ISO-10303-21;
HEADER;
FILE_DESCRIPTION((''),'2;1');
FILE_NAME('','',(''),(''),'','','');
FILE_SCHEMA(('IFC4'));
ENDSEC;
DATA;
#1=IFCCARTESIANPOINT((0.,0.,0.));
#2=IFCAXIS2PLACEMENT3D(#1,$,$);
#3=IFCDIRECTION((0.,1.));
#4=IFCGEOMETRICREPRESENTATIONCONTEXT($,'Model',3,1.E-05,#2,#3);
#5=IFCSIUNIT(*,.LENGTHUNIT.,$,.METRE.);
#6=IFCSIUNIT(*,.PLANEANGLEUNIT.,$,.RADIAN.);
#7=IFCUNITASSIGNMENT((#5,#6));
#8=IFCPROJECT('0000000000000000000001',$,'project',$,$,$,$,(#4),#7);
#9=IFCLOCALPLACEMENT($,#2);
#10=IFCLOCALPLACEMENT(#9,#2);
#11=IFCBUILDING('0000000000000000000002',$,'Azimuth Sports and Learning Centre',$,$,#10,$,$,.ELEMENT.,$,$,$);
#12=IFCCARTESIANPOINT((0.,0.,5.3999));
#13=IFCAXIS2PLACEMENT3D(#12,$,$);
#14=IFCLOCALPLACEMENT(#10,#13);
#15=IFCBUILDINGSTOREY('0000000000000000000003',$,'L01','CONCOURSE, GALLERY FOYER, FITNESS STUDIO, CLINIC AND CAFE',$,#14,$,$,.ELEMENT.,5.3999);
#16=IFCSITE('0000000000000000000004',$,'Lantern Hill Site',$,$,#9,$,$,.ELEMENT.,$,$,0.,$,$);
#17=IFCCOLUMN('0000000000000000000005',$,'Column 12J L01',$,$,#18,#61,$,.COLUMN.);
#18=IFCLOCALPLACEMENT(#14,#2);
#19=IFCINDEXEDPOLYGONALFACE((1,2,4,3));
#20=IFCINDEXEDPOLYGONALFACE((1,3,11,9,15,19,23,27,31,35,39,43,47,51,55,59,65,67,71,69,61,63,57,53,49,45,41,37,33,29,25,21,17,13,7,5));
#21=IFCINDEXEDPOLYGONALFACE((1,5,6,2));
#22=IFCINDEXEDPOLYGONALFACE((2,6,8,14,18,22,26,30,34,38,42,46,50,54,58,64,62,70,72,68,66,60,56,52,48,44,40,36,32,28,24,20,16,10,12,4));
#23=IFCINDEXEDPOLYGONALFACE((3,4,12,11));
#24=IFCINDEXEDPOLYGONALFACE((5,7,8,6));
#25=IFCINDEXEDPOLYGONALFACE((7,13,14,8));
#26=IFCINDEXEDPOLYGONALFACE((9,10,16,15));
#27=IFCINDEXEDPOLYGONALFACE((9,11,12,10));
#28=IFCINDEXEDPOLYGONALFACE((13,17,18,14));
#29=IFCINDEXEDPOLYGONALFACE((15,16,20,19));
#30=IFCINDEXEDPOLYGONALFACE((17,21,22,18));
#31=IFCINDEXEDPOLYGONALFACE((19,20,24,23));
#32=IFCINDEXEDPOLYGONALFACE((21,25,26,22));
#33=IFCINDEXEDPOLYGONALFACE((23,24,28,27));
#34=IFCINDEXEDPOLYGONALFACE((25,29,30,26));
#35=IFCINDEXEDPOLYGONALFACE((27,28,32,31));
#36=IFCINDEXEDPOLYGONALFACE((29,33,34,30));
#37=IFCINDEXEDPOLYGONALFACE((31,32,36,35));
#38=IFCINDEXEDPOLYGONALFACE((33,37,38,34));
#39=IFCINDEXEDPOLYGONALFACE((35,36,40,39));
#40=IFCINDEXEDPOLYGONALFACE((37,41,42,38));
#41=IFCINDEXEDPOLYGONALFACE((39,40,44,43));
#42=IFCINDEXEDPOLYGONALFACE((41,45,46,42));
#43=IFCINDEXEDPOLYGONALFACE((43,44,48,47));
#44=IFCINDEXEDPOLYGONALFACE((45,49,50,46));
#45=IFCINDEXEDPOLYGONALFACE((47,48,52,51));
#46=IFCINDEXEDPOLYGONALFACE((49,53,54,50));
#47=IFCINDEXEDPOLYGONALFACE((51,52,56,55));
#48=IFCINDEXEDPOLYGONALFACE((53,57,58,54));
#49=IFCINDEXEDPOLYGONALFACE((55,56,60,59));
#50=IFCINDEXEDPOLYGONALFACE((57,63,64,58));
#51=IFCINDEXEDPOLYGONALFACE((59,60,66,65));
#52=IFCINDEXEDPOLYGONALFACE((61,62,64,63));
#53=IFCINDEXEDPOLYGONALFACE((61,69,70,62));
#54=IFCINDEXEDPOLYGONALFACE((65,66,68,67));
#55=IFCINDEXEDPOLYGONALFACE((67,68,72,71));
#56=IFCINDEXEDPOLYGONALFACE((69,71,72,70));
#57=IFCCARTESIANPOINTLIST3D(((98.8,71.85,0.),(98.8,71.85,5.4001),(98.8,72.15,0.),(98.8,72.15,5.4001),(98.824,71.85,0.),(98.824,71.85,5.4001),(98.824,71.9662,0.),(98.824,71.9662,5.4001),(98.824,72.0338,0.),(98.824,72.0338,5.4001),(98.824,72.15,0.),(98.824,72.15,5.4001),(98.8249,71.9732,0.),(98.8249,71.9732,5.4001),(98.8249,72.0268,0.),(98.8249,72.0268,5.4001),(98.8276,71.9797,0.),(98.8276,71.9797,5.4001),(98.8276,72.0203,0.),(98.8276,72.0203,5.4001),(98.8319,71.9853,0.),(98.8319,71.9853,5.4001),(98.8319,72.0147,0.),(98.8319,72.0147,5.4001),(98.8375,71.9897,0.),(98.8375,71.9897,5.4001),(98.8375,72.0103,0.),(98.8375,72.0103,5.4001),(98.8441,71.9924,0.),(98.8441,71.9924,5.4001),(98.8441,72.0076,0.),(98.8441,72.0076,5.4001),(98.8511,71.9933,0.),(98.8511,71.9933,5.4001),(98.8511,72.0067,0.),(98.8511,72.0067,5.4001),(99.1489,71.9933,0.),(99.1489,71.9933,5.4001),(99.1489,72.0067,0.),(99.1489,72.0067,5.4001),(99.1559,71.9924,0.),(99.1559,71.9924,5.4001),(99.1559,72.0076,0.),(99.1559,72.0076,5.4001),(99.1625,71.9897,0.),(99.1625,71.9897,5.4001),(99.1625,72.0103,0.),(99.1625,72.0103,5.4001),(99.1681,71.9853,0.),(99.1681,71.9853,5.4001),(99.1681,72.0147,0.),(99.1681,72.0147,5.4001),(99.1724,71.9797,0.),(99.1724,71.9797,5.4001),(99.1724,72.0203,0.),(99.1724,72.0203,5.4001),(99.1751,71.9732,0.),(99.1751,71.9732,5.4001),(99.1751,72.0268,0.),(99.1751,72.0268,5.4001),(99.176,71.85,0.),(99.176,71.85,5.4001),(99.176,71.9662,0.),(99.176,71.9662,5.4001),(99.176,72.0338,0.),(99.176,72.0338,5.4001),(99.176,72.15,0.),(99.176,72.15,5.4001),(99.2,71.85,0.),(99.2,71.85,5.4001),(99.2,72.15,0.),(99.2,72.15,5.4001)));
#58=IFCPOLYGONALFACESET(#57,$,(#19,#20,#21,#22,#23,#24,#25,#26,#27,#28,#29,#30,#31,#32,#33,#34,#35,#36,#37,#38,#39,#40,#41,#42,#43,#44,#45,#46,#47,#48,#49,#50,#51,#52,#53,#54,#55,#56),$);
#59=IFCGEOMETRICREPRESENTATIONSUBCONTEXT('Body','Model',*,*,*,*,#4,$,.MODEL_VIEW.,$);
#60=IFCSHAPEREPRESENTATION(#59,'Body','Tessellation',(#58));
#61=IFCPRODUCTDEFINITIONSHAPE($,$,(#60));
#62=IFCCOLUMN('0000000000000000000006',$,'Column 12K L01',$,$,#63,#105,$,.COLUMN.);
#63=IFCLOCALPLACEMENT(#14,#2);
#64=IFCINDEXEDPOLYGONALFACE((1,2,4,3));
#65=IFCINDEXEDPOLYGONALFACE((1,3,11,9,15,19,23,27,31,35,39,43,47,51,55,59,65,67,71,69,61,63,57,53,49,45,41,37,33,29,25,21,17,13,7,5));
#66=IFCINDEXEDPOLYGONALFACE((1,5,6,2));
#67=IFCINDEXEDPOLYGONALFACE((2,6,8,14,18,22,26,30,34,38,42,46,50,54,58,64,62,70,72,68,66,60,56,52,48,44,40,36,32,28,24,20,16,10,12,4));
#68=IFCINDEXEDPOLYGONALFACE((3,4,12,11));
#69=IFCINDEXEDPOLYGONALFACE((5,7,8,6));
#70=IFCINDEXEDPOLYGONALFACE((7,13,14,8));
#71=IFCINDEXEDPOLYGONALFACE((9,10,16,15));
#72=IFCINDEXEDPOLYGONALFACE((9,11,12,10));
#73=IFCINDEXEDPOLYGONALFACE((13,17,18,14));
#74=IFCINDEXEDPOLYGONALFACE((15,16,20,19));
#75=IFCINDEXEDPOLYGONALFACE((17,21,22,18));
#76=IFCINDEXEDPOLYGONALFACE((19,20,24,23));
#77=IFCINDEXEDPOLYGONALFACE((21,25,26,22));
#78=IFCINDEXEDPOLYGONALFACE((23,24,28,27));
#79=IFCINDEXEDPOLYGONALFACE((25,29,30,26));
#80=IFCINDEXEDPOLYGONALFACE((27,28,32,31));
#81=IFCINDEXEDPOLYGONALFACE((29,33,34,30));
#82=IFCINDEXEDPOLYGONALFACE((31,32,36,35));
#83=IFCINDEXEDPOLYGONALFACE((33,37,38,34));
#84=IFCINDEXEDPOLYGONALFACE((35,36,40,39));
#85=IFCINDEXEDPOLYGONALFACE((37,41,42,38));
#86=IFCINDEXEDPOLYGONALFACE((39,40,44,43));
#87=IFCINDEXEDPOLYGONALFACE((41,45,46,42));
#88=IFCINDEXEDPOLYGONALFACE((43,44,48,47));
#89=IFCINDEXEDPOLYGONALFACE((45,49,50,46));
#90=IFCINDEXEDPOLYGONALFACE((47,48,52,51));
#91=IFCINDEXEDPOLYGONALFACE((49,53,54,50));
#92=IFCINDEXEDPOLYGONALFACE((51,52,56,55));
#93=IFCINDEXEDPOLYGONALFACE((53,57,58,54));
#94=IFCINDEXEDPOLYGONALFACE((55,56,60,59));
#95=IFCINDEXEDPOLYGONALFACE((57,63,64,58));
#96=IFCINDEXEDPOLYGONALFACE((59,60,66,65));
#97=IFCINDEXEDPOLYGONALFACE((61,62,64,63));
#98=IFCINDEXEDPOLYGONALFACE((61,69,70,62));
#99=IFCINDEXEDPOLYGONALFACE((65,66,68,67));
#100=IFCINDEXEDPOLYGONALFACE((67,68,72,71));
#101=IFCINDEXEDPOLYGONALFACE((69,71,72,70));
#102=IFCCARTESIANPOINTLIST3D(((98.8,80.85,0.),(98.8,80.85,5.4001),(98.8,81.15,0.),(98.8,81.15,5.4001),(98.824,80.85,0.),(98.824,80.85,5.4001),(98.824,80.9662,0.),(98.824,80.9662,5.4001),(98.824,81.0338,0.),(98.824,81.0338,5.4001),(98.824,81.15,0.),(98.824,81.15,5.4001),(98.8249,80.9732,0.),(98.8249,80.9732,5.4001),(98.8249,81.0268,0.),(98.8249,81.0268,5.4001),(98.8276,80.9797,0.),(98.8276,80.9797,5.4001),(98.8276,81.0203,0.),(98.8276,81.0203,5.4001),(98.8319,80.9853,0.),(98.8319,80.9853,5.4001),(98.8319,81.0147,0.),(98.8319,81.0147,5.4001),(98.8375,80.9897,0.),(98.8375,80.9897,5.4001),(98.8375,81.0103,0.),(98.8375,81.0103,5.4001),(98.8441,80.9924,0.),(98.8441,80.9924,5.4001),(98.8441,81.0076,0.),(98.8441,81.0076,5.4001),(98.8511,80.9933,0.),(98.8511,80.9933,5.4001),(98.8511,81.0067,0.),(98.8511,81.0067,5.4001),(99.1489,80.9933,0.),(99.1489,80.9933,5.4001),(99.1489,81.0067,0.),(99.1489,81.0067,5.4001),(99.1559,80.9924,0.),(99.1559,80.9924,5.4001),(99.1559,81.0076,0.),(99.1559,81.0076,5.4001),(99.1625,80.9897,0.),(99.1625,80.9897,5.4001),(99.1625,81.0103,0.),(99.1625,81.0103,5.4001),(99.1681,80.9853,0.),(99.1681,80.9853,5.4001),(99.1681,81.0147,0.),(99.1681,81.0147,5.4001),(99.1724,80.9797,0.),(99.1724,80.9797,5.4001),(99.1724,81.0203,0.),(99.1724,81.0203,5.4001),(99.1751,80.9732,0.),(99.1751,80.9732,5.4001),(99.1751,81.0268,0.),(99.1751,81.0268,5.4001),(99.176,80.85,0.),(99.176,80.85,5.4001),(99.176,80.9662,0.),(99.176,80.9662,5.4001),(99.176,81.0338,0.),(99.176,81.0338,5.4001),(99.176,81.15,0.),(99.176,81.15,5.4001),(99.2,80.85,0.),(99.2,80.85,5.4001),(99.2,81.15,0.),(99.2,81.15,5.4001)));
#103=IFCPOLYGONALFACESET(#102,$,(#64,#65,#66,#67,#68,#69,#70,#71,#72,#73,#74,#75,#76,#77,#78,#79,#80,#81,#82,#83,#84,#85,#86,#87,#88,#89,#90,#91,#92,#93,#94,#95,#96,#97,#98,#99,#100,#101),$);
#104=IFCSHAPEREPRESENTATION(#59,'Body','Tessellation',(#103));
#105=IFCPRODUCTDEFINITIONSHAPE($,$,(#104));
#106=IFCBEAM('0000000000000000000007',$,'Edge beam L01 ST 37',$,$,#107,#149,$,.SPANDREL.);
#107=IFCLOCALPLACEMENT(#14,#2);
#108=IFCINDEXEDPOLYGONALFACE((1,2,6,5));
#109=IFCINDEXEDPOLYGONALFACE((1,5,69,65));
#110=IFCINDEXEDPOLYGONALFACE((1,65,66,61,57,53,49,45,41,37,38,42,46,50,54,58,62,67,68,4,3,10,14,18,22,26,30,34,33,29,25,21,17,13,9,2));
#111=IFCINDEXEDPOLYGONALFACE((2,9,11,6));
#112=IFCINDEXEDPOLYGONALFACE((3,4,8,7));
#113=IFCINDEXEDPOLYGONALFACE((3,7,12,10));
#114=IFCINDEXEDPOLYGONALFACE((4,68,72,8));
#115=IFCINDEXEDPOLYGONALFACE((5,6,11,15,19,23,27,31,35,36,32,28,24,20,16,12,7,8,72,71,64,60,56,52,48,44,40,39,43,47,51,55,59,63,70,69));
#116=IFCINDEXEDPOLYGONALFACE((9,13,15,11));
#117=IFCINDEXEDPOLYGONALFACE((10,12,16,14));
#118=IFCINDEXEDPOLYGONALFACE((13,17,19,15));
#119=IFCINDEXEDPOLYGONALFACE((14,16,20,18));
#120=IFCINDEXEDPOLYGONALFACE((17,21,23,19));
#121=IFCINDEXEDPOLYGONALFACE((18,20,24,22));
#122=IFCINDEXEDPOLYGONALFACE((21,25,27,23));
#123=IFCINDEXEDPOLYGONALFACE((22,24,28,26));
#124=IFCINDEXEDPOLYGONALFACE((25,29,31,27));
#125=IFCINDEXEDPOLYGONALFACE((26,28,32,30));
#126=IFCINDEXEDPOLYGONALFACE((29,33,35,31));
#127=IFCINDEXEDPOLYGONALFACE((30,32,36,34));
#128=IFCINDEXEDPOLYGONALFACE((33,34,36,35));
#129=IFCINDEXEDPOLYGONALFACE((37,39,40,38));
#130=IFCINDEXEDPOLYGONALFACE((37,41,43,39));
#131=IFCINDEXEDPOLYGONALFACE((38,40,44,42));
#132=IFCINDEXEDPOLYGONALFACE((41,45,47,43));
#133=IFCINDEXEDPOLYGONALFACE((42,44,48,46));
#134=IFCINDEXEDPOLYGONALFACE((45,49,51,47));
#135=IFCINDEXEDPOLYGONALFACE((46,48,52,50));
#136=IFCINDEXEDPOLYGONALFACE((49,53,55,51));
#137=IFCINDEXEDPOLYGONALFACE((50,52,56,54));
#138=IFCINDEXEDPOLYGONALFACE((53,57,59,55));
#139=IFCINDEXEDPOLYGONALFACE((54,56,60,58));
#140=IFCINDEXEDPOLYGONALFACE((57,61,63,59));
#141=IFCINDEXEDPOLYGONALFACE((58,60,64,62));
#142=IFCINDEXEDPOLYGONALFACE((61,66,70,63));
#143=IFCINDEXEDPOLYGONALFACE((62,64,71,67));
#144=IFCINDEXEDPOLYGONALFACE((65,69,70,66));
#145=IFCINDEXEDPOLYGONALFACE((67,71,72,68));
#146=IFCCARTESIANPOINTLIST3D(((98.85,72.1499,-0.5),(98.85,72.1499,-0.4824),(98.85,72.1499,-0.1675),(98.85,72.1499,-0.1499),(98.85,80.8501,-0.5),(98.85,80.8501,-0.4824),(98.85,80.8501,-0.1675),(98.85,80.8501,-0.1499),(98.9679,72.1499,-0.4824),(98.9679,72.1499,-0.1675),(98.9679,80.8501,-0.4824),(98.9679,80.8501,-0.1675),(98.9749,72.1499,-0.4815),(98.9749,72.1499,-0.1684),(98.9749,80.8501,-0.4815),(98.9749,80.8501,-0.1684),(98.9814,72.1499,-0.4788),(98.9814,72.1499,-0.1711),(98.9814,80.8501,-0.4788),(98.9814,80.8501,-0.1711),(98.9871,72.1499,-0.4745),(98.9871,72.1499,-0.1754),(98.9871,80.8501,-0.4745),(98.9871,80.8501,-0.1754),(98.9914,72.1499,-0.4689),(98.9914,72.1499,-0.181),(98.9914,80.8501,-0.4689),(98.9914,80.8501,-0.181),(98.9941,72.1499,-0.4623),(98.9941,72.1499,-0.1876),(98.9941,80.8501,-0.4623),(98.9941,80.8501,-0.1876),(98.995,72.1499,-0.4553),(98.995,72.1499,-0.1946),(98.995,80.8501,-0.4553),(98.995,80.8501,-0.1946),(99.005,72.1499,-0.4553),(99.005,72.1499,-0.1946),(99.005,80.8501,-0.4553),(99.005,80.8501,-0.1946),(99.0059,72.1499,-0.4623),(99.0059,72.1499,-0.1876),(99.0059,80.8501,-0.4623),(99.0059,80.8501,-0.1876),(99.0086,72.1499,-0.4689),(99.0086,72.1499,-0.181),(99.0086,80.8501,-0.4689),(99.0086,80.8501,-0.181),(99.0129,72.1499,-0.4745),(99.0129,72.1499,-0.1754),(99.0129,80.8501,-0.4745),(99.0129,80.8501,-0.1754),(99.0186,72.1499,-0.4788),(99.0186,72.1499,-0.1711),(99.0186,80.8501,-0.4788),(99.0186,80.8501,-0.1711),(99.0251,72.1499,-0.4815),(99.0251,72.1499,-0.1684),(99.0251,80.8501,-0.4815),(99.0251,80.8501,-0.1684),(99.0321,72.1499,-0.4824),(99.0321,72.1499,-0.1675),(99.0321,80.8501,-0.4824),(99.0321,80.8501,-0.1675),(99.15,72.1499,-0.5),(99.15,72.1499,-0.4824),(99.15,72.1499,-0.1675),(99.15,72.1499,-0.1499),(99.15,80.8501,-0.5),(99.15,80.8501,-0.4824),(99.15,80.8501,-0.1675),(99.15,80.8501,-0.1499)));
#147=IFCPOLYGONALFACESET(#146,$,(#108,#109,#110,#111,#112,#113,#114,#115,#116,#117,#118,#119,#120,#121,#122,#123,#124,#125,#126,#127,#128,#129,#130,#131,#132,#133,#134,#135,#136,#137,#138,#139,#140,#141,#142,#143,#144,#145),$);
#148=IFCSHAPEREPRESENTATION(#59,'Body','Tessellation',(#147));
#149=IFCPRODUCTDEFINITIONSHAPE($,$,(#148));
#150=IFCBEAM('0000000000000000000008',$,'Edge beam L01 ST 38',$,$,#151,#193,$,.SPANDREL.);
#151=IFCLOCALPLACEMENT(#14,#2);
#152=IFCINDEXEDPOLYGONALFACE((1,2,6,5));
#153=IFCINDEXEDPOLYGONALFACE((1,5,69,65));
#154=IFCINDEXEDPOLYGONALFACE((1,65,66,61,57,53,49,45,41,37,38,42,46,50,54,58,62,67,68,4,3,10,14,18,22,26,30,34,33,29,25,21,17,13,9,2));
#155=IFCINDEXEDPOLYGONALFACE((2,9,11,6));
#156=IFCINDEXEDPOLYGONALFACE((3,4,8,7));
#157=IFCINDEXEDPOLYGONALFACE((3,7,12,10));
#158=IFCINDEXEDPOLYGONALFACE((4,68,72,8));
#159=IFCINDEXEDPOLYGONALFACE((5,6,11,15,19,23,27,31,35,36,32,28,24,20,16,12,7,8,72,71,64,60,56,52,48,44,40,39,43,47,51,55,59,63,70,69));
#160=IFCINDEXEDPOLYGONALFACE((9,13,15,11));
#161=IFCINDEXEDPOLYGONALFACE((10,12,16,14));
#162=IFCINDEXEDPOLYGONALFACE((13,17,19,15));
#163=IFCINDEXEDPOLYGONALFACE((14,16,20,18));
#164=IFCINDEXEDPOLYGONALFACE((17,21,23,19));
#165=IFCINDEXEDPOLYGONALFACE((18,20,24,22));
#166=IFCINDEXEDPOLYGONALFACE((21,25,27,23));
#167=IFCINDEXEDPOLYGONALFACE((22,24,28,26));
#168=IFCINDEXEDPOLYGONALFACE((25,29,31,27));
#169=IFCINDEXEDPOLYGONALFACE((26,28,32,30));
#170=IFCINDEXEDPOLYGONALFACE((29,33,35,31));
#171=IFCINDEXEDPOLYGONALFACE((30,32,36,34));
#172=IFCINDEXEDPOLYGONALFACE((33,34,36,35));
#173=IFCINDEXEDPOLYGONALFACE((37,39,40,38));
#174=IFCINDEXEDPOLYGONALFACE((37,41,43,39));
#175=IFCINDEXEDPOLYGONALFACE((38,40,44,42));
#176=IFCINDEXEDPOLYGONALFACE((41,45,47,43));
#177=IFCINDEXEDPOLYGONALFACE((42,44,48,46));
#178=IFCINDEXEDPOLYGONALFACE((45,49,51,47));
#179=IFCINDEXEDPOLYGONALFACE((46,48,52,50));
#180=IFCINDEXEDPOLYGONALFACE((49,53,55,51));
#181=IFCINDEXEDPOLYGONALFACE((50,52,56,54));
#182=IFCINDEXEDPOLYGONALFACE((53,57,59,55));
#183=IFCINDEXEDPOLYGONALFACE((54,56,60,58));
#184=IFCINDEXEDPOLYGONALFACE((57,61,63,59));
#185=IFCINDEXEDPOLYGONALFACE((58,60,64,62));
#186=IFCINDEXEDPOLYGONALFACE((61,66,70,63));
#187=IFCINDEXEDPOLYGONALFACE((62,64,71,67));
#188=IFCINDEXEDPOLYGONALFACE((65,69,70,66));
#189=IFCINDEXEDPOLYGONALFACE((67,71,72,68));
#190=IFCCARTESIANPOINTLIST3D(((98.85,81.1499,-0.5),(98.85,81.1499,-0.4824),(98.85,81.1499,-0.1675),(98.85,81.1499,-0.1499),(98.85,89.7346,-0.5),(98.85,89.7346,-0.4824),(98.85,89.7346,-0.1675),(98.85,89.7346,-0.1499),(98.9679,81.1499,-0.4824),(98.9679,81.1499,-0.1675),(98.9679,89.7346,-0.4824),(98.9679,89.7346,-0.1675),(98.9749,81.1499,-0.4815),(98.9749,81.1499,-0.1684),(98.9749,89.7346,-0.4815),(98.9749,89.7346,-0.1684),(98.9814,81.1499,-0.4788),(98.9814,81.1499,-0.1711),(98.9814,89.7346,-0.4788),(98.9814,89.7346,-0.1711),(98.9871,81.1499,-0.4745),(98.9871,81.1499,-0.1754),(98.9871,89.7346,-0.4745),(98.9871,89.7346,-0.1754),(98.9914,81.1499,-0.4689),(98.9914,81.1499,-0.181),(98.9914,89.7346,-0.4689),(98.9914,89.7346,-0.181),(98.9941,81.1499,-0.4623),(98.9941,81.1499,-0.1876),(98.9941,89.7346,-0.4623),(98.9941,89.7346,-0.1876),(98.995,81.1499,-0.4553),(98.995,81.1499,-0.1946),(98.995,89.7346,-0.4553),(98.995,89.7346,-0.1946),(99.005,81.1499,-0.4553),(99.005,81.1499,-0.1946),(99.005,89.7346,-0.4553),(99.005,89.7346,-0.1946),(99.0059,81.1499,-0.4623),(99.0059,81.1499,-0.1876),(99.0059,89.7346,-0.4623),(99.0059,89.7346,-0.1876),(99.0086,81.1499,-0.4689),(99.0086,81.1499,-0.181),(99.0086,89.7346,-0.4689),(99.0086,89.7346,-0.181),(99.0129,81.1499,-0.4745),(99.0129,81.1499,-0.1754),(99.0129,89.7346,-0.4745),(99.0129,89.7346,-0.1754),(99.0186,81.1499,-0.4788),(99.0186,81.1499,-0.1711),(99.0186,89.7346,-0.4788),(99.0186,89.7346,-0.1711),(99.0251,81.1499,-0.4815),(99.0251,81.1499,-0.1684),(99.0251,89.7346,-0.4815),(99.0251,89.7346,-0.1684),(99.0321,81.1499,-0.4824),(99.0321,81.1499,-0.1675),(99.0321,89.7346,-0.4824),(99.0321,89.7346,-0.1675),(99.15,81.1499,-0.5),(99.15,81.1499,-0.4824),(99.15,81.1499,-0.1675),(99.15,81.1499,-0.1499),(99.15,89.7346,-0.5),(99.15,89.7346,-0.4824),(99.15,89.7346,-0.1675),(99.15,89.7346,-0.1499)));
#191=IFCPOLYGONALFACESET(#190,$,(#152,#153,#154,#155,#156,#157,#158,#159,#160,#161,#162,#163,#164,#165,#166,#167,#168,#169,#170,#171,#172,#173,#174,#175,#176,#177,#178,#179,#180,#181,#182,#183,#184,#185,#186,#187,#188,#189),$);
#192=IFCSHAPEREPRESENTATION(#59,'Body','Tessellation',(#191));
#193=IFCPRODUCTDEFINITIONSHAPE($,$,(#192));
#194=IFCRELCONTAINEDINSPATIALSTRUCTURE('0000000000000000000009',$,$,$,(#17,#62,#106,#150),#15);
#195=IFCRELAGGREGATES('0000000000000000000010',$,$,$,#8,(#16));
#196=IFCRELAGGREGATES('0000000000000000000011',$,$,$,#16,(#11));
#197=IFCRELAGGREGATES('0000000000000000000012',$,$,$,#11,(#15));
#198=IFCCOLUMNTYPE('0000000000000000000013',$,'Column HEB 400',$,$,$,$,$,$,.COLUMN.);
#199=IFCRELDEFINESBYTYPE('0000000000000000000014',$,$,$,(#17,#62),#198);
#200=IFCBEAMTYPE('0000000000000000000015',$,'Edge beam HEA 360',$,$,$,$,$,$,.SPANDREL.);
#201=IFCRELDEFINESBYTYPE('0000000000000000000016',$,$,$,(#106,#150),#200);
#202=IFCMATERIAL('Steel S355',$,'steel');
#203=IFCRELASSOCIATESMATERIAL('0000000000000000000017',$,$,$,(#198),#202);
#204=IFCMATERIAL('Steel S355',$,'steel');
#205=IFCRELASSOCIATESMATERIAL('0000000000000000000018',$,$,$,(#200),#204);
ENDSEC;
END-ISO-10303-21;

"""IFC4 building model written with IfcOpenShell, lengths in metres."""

from ifc_helpers import new_model, si_unit, direction, frame, origin, origin_2d, place, context, subcontext, project, spatial, i_section, extrude, material, material_profile, profile_set, type_object, element, save


model = new_model("IFC4")

# Units and contexts
model_context = context("Model", 3, precision=1e-05, world=origin(), true_north=direction((0.0, 1.0)))
body_context = subcontext(model_context, "Body", "Model", "MODEL_VIEW")
ifc_project = project(units=[si_unit("LENGTHUNIT", "METRE"), si_unit("PLANEANGLEUNIT", "RADIAN")], contexts=[model_context])

# Site, building, storey
site_placement = place(None, origin())
site = spatial("IfcSite", under=ifc_project, at=site_placement, Name="Lantern Hill Site", CompositionType="ELEMENT", RefElevation=0.0)
building_placement = place(site_placement, origin())
building = spatial("IfcBuilding", under=site, at=building_placement, Name="Azimuth Sports and Learning Centre", CompositionType="ELEMENT")
storey_placement = place(building_placement, frame((0.0, 0.0, 5.3999)))
storey = spatial("IfcBuildingStorey", under=building, at=storey_placement, Name="L01", Description="CONCOURSE, GALLERY FOYER, FITNESS STUDIO, CLINIC AND CAFE", CompositionType="ELEMENT", Elevation=5.3999)

# Columns
ifc_material_1 = material(Name="Steel S355", Category="steel")
ifc_material_profile_1 = material_profile(ifc_material_1, i_section(OverallWidth=0.3, OverallDepth=0.3999, WebThickness=0.0134, FlangeThickness=0.0239, FilletRadius=0.0271, at=origin_2d()), Name="HEB 400")
ifc_profile_set_1 = profile_set([ifc_material_profile_1], Name="Steel S355")
column_type = type_object("IfcColumnType", Name="Column HEB 400", PredefinedType="COLUMN", material=ifc_profile_set_1)
for number, where, z_axis, x_axis, name in (
    (1, (99.0, 72.0, 0.0), (0.0, 0.0, 1.0), (0.0, 1.0, 0.0), "Column 12J L01"),
    (2, (99.0, 81.0, 0.0), (0.0, 0.0, 1.0), (0.0, 1.0, 0.0), "Column 12K L01"),
):
    element("IfcColumn", number, at=place(storey_placement, frame(where, z_axis=z_axis, x_axis=x_axis)), inside=storey, type_object=column_type, Name=name, PredefinedType="COLUMN", context=body_context, shape_type="SweptSolid", body=[
        extrude(i_section(OverallWidth=0.3, OverallDepth=0.3999, WebThickness=0.0134, FlangeThickness=0.0239, FilletRadius=0.0271, at=origin_2d()), origin(), (0.0, 0.0, 1.0), 5.4001),
    ])

# Beams
ifc_material_2 = material(Name="Steel S355", Category="steel")
ifc_material_profile_2 = material_profile(ifc_material_2, i_section(OverallWidth=0.3, OverallDepth=0.3501, WebThickness=0.01, FlangeThickness=0.0176, FilletRadius=0.0271, at=origin_2d()), Name="HEA 360")
ifc_profile_set_2 = profile_set([ifc_material_profile_2], Name="Steel S355")
beam_type_1 = type_object("IfcBeamType", Name="Edge beam HEA 360", PredefinedType="SPANDREL", material=ifc_profile_set_2)
beam_1_placement = place(storey_placement, frame((99.0, 72.1499, -0.325), z_axis=(0.0, 1.0, 0.0), x_axis=(-1.0, 0.0, 0.0)))
element("IfcBeam", 3, at=beam_1_placement, inside=storey, type_object=beam_type_1, Name="Edge beam L01 ST 37", PredefinedType="SPANDREL", context=body_context, shape_type="SweptSolid", body=[
    extrude(i_section(OverallWidth=0.3, OverallDepth=0.3501, WebThickness=0.01, FlangeThickness=0.0176, FilletRadius=0.0271, at=origin_2d()), origin(), (0.0, 0.0, 1.0), 8.7002),
])
beam_2_placement = place(storey_placement, frame((99.0, 81.1499, -0.325), z_axis=(0.0, 1.0, 0.0), x_axis=(-1.0, 0.0, 0.0)))
element("IfcBeam", 4, at=beam_2_placement, inside=storey, type_object=beam_type_1, Name="Edge beam L01 ST 38", PredefinedType="SPANDREL", context=body_context, shape_type="SweptSolid", body=[
    extrude(i_section(OverallWidth=0.3, OverallDepth=0.3501, WebThickness=0.01, FlangeThickness=0.0176, FilletRadius=0.0271, at=origin_2d()), origin(), (0.0, 0.0, 1.0), 8.5847),
])

save(model, "model.ifc")
